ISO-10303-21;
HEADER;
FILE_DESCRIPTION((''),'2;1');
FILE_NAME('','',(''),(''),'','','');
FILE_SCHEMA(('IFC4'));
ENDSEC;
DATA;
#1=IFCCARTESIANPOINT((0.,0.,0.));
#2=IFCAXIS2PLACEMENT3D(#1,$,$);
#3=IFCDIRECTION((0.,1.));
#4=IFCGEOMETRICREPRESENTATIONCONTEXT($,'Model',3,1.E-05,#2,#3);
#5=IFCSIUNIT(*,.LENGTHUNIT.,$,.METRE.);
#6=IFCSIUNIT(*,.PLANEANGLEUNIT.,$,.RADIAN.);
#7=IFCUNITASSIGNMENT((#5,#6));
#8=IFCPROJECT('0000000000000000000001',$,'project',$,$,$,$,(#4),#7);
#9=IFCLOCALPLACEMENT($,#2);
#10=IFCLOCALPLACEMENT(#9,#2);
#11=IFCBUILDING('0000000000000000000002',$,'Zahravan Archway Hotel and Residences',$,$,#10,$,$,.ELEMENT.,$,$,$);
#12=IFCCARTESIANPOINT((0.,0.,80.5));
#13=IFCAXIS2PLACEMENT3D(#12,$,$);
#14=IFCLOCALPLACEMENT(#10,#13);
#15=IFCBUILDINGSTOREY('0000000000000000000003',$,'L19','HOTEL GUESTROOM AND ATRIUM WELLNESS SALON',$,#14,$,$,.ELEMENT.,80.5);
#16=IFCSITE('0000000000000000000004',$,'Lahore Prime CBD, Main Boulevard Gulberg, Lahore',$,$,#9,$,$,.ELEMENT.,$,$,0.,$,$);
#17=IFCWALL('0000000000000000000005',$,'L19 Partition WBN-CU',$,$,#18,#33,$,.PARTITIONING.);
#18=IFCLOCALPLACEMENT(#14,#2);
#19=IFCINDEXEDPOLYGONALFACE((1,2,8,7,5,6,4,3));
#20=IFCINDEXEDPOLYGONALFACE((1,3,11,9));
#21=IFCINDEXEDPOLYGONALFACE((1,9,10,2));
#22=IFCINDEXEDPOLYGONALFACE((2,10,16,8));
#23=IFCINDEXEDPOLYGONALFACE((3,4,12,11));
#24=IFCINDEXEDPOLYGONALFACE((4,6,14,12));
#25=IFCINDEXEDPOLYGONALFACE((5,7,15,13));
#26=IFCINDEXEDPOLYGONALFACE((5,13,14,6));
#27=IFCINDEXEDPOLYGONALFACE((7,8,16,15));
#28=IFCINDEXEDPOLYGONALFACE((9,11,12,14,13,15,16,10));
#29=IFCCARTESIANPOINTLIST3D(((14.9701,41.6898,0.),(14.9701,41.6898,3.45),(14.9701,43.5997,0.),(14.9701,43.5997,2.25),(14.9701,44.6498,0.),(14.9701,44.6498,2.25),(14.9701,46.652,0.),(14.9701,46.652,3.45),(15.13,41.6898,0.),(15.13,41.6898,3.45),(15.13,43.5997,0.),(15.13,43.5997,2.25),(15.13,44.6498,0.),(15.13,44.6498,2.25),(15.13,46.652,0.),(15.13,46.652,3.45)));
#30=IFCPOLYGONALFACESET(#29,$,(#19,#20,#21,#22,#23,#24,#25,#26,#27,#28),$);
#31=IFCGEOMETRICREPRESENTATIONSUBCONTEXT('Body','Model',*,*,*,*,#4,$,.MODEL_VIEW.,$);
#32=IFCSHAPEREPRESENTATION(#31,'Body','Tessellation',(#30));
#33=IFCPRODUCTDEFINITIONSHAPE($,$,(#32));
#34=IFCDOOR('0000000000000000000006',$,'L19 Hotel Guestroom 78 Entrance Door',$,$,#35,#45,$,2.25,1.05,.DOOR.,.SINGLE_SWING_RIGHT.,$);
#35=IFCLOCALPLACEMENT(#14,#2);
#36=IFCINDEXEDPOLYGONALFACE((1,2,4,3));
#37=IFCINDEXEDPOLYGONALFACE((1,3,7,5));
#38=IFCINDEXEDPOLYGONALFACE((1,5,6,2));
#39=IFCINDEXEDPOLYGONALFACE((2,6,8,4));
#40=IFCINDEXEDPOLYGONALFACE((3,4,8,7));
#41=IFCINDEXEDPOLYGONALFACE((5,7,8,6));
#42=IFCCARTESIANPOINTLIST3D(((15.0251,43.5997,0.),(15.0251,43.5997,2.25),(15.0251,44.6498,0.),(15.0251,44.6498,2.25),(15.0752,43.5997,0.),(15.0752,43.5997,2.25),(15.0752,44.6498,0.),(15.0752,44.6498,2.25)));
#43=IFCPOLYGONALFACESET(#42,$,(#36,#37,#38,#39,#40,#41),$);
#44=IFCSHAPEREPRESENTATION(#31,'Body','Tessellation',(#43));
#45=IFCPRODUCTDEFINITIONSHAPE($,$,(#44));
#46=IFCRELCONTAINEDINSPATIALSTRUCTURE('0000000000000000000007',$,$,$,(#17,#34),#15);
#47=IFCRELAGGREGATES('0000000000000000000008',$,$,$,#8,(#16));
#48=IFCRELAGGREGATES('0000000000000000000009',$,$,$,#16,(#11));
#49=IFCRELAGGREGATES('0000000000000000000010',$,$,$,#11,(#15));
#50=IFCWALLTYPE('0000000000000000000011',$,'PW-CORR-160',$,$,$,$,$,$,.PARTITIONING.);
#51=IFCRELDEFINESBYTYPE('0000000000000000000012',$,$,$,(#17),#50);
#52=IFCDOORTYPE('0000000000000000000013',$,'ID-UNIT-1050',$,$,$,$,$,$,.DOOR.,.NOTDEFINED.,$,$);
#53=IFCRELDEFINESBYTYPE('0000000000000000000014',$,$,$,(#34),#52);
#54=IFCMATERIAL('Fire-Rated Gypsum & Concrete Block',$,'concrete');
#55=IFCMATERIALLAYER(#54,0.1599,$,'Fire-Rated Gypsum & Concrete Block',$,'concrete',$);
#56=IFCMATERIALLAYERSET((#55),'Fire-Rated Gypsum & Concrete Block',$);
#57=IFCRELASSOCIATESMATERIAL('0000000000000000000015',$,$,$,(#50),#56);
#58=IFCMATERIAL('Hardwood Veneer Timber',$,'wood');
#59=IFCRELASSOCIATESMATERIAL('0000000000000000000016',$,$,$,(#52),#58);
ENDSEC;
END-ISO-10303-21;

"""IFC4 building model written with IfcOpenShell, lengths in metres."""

from ifc_helpers import new_model, si_unit, direction, frame, frame_2d, origin, place, context, subcontext, project, spatial, rectangle, extrude, source, transform, mapped, material, layer, layer_set, type_object, type_shapes, element, fill, save


model = new_model("IFC4")

# Units and contexts
model_context = context("Model", 3, precision=1e-05, world=origin(), true_north=direction((0.0, 1.0)))
body_context = subcontext(model_context, "Body", "Model", "MODEL_VIEW")
ifc_project = project(units=[si_unit("LENGTHUNIT", "METRE"), si_unit("PLANEANGLEUNIT", "RADIAN")], contexts=[model_context])

# Site, building, storey
site_placement = place(None, origin())
site = spatial("IfcSite", under=ifc_project, at=site_placement, Name="Lahore Prime CBD, Main Boulevard Gulberg, Lahore", CompositionType="ELEMENT", RefElevation=0.0)
building_placement = place(site_placement, origin())
building = spatial("IfcBuilding", under=site, at=building_placement, Name="Zahravan Archway Hotel and Residences", CompositionType="ELEMENT")
storey_placement = place(building_placement, frame((0.0, 0.0, 80.5)))
storey = spatial("IfcBuildingStorey", under=building, at=storey_placement, Name="L19", Description="HOTEL GUESTROOM AND ATRIUM WELLNESS SALON", CompositionType="ELEMENT", Elevation=80.5)

# Shared definitions
ifc_material_1 = material(Name="Fire-Rated Gypsum & Concrete Block", Category="concrete")
ifc_layer_1 = layer(ifc_material_1, 0.1599, Name="Fire-Rated Gypsum & Concrete Block", Category="concrete")
ifc_layer_set_1 = layer_set([ifc_layer_1], Name="Fire-Rated Gypsum & Concrete Block")
wall_type = type_object("IfcWallType", Name="PW-CORR-160", PredefinedType="PARTITIONING", material=ifc_layer_set_1)

# Wall, opening, door
wall_1_placement = place(storey_placement, frame((15.05, 41.6899, 0.0), z_axis=(0.0, 0.0, 1.0), x_axis=(0.0, 1.0, 0.0)))
wall_1 = element("IfcWall", 1, at=wall_1_placement, inside=storey, type_object=wall_type, Name="L19 Partition WBN-CU", PredefinedType="PARTITIONING", context=body_context, shape_type="SweptSolid", body=[
    extrude(rectangle(XDim=4.9622, YDim=0.1599, at=frame_2d((2.481, 0.0))), origin(), (0.0, 0.0, 1.0), 3.45),
])
opening_placement = place(wall_1_placement, frame((1.9099, 0.0, 0.0)))
opening = element("IfcOpeningElement", 2, at=opening_placement, cuts=wall_1, PredefinedType="OPENING", context=body_context, shape_type="SweptSolid", body=[
    extrude(rectangle(XDim=1.05, YDim=2.25, at=frame_2d((0.5249, 1.125))), frame((0.0, 0.0898, 0.0), z_axis=(0.0, -1.0, 0.0), x_axis=(1.0, 0.0, 0.0)), (0.0, 0.0, 1.0), 0.1799),
])
ifc_material_2 = material(Name="Hardwood Veneer Timber", Category="wood")
door_type = type_object("IfcDoorType", Name="ID-UNIT-1050", OperationType="NOTDEFINED", PredefinedType="DOOR", material=ifc_material_2)
shared_shape_1 = source(origin(), body_context, "Body", "SweptSolid", [
    extrude(rectangle(XDim=1.05, YDim=2.25, at=frame_2d((0.5249, 1.125))), frame((0.0, 0.0249, 0.0), z_axis=(0.0, -1.0, 0.0), x_axis=(1.0, 0.0, 0.0)), (0.0, 0.0, 1.0), 0.05),
])
type_shapes(door_type, [shared_shape_1])
door_placement = place(opening_placement, origin())
door = element("IfcDoor", 3, at=door_placement, inside=storey, type_object=door_type, Name="L19 Hotel Guestroom 78 Entrance Door", OperationType="SINGLE_SWING_RIGHT", OverallHeight=2.25, OverallWidth=1.05, PredefinedType="DOOR", context=body_context, shape_type="MappedRepresentation", body=[
    mapped(shared_shape_1, transform((0.0, 0.0, 0.0), scale=1.0)),
])
fill(opening, door)

save(model, "model.ifc")
